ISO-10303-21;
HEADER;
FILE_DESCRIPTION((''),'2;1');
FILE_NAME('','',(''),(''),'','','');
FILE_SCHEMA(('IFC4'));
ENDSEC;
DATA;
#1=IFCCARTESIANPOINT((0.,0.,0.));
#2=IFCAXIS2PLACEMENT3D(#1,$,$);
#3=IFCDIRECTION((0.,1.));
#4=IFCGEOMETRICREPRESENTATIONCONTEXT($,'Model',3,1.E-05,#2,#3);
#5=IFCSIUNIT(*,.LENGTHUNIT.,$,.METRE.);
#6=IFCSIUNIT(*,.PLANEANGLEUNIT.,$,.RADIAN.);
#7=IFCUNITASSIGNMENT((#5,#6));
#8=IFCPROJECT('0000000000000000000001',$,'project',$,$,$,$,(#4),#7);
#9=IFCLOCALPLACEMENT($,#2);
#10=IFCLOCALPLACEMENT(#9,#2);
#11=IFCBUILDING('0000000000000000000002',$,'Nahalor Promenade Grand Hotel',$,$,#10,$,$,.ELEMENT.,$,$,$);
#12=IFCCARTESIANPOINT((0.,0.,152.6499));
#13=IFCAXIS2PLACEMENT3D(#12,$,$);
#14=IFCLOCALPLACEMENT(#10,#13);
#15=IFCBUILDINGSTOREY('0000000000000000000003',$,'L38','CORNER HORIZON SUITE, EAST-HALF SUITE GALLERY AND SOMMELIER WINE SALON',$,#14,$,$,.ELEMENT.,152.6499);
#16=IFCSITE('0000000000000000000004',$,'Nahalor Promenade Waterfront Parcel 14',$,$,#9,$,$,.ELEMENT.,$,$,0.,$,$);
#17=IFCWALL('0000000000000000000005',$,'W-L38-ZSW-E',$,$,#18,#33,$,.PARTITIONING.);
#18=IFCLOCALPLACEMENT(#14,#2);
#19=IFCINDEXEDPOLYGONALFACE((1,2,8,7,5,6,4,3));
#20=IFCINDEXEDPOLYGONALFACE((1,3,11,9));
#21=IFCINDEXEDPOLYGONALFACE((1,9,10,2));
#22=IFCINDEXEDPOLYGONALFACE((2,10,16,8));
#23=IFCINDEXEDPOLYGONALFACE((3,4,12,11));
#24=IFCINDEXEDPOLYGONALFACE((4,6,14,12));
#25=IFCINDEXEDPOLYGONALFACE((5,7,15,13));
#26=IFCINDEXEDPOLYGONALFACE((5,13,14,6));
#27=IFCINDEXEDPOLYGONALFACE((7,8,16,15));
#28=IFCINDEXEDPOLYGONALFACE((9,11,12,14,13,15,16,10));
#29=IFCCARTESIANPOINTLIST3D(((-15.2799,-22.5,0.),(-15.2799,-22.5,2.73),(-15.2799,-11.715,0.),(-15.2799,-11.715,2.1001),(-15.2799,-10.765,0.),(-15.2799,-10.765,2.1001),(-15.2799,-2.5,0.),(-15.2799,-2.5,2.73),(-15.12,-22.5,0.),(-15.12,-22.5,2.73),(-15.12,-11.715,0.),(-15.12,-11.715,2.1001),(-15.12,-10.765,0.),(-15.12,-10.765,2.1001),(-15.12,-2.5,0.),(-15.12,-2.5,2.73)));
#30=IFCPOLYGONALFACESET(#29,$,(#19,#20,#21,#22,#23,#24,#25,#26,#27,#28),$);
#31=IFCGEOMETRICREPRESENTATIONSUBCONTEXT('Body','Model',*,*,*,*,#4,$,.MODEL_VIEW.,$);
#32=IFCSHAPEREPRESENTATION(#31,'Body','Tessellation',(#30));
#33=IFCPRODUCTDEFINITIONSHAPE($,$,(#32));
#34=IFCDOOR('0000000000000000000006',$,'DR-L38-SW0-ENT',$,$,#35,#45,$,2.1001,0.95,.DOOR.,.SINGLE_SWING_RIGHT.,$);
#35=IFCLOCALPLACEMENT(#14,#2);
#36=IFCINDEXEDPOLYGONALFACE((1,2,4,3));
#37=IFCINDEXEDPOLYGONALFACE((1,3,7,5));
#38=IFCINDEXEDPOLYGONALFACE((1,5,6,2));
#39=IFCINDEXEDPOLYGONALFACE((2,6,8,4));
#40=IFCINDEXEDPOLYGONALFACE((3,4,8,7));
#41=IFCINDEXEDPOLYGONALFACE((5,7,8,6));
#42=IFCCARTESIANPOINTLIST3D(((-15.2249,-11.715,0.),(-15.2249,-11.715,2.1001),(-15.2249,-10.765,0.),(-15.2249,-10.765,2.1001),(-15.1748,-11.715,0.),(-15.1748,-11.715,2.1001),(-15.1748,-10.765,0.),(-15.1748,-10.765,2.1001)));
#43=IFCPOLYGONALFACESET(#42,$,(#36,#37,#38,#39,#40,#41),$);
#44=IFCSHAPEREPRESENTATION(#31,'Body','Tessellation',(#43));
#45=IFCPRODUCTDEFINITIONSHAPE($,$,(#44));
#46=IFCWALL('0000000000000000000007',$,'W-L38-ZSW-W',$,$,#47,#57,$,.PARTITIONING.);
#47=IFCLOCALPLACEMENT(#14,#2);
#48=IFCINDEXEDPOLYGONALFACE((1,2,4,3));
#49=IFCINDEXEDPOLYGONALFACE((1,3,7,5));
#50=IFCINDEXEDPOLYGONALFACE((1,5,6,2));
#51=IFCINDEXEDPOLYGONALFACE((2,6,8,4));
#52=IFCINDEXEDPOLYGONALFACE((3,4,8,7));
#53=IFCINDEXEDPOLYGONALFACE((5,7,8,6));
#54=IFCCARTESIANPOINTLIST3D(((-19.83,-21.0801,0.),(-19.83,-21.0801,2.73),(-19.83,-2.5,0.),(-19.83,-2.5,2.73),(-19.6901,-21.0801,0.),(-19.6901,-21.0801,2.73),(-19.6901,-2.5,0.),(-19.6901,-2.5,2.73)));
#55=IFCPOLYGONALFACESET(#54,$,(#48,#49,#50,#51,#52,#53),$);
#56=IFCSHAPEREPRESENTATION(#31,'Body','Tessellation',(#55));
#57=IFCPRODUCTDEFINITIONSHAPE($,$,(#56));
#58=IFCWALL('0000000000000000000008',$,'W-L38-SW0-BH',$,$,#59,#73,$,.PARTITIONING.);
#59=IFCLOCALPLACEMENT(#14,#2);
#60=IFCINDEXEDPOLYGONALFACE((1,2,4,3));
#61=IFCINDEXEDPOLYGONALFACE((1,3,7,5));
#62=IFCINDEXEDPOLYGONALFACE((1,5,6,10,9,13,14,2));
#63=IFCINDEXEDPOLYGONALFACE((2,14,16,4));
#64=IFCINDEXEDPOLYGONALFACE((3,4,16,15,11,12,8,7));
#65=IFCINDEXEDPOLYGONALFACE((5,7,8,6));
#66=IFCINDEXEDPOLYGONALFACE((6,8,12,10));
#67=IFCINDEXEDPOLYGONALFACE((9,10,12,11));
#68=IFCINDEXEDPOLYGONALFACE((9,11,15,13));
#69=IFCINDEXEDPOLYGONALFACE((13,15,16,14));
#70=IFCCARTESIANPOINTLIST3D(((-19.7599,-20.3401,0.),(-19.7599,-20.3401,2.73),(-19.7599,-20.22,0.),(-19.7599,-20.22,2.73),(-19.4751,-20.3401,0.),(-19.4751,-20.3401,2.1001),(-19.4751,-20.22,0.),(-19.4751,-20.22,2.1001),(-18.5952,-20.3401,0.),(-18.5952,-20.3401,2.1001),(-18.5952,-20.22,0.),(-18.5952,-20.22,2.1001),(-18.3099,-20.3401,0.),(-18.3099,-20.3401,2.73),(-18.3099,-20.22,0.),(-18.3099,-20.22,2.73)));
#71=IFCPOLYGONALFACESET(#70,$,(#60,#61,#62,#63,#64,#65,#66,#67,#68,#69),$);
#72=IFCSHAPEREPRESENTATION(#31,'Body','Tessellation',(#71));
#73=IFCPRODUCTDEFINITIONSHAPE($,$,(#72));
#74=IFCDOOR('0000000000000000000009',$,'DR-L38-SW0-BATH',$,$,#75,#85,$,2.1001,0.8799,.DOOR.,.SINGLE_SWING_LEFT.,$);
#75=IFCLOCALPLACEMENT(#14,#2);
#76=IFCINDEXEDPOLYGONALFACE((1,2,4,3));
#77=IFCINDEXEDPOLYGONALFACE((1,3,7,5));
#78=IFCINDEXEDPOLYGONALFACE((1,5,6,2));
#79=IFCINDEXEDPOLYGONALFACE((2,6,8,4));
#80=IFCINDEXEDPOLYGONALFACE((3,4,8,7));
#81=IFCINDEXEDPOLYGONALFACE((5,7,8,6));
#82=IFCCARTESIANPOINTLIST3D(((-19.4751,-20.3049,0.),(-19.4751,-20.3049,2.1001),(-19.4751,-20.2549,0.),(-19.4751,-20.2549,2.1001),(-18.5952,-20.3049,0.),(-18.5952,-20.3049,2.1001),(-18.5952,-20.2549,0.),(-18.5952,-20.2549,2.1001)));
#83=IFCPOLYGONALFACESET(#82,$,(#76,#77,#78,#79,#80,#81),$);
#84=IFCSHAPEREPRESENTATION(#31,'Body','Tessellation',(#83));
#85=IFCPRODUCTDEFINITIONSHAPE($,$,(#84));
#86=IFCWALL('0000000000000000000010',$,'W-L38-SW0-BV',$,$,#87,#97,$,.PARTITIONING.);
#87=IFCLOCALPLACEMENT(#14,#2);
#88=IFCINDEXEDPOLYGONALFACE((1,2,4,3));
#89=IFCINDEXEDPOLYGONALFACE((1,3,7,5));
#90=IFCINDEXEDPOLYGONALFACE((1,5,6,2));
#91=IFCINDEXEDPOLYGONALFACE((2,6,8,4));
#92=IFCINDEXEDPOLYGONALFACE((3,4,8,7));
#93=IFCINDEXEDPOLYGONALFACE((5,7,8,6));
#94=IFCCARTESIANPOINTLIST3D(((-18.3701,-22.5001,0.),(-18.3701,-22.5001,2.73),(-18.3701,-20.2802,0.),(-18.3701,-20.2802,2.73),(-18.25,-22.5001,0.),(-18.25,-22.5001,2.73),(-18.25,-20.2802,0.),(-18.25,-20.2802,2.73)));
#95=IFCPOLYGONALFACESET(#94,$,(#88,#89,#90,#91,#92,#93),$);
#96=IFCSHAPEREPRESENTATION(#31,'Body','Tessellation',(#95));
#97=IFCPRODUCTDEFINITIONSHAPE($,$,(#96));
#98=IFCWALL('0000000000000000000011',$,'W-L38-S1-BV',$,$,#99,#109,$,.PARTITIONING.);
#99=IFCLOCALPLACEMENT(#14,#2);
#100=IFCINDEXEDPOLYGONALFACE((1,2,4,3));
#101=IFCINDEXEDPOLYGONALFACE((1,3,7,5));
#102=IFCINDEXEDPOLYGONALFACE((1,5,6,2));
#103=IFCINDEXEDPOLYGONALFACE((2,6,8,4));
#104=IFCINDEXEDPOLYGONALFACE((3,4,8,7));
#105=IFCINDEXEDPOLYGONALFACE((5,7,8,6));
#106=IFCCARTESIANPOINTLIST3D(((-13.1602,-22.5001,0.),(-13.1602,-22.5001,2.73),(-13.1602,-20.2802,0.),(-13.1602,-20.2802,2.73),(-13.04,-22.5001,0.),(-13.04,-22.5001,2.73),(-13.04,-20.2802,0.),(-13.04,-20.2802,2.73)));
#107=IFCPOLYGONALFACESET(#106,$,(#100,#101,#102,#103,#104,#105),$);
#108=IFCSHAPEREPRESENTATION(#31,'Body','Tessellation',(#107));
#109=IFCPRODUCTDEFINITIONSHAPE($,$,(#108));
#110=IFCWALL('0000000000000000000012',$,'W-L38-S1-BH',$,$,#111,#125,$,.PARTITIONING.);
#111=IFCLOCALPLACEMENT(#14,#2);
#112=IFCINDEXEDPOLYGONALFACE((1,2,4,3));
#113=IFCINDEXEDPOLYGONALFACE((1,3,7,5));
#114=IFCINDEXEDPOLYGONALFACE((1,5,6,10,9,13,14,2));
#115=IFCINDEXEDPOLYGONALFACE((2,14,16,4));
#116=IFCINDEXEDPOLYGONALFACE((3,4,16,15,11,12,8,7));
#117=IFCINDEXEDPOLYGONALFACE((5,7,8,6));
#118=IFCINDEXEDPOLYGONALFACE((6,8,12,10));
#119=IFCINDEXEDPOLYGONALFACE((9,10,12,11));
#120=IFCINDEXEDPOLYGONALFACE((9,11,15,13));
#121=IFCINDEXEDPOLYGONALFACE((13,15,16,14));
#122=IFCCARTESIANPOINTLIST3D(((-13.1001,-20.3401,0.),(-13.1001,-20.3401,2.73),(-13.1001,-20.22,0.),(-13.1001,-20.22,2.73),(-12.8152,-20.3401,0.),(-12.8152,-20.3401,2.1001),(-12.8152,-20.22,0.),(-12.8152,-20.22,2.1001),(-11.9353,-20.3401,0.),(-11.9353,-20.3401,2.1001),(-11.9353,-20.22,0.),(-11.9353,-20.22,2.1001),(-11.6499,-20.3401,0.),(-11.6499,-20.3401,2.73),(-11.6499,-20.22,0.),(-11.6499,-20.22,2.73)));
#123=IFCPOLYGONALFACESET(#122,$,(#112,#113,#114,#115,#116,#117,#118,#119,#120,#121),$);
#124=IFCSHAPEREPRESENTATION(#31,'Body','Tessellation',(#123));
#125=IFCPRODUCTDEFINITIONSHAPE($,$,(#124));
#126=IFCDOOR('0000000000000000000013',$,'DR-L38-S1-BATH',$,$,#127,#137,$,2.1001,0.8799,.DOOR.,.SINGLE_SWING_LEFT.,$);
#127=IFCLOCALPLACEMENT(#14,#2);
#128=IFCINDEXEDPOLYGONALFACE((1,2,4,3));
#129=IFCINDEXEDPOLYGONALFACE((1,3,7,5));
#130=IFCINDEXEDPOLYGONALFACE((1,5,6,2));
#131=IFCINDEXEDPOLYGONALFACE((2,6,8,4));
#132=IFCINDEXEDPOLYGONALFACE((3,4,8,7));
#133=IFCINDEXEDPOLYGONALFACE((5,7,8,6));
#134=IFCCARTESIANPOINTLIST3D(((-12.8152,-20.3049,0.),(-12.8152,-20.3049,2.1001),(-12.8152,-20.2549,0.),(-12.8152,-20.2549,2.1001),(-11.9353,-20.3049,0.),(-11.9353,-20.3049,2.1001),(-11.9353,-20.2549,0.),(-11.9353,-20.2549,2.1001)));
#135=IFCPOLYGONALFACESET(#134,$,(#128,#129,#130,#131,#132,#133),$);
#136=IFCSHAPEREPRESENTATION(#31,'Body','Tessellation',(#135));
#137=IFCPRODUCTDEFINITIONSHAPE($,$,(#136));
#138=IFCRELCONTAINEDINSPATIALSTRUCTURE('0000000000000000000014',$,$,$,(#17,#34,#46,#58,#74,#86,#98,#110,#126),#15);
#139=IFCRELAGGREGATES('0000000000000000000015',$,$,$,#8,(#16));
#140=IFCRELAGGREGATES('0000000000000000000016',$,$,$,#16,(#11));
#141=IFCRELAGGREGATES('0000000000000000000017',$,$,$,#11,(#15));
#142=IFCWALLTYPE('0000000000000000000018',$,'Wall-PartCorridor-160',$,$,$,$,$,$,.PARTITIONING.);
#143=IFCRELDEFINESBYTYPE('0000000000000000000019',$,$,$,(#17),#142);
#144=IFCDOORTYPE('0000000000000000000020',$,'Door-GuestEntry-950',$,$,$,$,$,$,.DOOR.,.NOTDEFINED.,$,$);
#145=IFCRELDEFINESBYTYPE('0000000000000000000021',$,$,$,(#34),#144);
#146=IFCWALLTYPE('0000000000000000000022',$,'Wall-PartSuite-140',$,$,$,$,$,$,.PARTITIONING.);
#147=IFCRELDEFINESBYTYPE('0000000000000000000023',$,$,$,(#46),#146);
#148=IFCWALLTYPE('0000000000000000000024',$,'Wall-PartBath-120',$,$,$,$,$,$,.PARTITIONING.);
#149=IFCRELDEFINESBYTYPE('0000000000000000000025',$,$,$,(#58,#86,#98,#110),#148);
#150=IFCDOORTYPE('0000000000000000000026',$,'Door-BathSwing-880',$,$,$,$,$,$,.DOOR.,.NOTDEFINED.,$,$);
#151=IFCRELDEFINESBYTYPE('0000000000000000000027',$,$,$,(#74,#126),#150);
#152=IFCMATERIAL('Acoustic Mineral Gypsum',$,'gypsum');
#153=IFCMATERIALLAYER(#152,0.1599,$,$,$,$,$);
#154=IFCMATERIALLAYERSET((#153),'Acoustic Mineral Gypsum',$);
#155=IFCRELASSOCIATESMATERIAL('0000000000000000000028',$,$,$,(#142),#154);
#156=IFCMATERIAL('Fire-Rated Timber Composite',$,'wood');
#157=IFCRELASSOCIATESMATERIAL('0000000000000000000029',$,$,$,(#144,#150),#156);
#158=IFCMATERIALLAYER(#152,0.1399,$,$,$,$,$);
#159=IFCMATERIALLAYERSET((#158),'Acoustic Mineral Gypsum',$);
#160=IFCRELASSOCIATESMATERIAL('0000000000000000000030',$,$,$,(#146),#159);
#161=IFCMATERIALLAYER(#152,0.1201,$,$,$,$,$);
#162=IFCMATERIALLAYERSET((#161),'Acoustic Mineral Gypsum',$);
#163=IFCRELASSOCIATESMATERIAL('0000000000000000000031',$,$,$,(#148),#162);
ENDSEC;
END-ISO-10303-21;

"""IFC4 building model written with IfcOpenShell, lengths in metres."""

from ifc_helpers import new_model, si_unit, direction, frame, frame_2d, origin, place, context, subcontext, project, spatial, rectangle, extrude, source, transform, mapped, material, layer, layer_set, type_object, element, fill, save


model = new_model("IFC4")

# Units and contexts
model_context = context("Model", 3, precision=1e-05, world=origin(), true_north=direction((0.0, 1.0)))
body_context = subcontext(model_context, "Body", "Model", "MODEL_VIEW")
ifc_project = project(units=[si_unit("LENGTHUNIT", "METRE"), si_unit("PLANEANGLEUNIT", "RADIAN")], contexts=[model_context])

# Site, building, storey
site_placement = place(None, origin())
site = spatial("IfcSite", under=ifc_project, at=site_placement, Name="Nahalor Promenade Waterfront Parcel 14", CompositionType="ELEMENT", RefElevation=0.0)
building_placement = place(site_placement, origin())
building = spatial("IfcBuilding", under=site, at=building_placement, Name="Nahalor Promenade Grand Hotel", CompositionType="ELEMENT")
storey_placement = place(building_placement, frame((0.0, 0.0, 152.6499)))
storey = spatial("IfcBuildingStorey", under=building, at=storey_placement, Name="L38", Description="CORNER HORIZON SUITE, EAST-HALF SUITE GALLERY AND SOMMELIER WINE SALON", CompositionType="ELEMENT", Elevation=152.6499)

# Wall, opening, door
ifc_material_1 = material(Name="Acoustic Mineral Gypsum", Category="gypsum")
ifc_layer_1 = layer(ifc_material_1, 0.1599)
ifc_layer_set_1 = layer_set([ifc_layer_1], Name="Acoustic Mineral Gypsum")
wall_type_1 = type_object("IfcWallType", Name="Wall-PartCorridor-160", PredefinedType="PARTITIONING", material=ifc_layer_set_1)
shared_shape_1 = source(origin(), body_context, "Body", "SweptSolid", [
    extrude(rectangle(XDim=20.0, YDim=0.1599, at=frame_2d((10.0, 0.0))), origin(), (0.0, 0.0, 1.0), 2.73),
])
wall_1_placement = place(storey_placement, frame((-15.2, -22.5, 0.0), z_axis=(0.0, 0.0, 1.0), x_axis=(0.0, 1.0, 0.0)))
wall_1 = element("IfcWall", 1, at=wall_1_placement, inside=storey, type_object=wall_type_1, Name="W-L38-ZSW-E", PredefinedType="PARTITIONING", context=body_context, shape_type="MappedRepresentation", body=[
    mapped(shared_shape_1, transform((0.0, 0.0, 0.0), scale=1.0)),
])
opening_1_placement = place(wall_1_placement, frame((10.7849, 0.0, 0.0)))
opening_1 = element("IfcOpeningElement", 2, at=opening_1_placement, cuts=wall_1, PredefinedType="OPENING", context=body_context, shape_type="SweptSolid", body=[
    extrude(rectangle(XDim=0.95, YDim=2.1001, at=frame_2d((0.4751, 1.05))), frame((0.0, 0.0898, 0.0), z_axis=(0.0, -1.0, 0.0), x_axis=(1.0, 0.0, 0.0)), (0.0, 0.0, 1.0), 0.1799),
])
ifc_material_2 = material(Name="Fire-Rated Timber Composite", Category="wood")
door_type_1 = type_object("IfcDoorType", Name="Door-GuestEntry-950", OperationType="NOTDEFINED", PredefinedType="DOOR", material=ifc_material_2)
shared_shape_2 = source(origin(), body_context, "Body", "SweptSolid", [
    extrude(rectangle(XDim=0.95, YDim=2.1001, at=frame_2d((0.4751, 1.05))), frame((0.0, 0.0249, 0.0), z_axis=(0.0, -1.0, 0.0), x_axis=(1.0, 0.0, 0.0)), (0.0, 0.0, 1.0), 0.05),
])
door_1_placement = place(opening_1_placement, origin())
door_1 = element("IfcDoor", 3, at=door_1_placement, inside=storey, type_object=door_type_1, Name="DR-L38-SW0-ENT", OperationType="SINGLE_SWING_RIGHT", OverallHeight=2.1001, OverallWidth=0.95, PredefinedType="DOOR", context=body_context, shape_type="MappedRepresentation", body=[
    mapped(shared_shape_2, transform((0.0, 0.0, 0.0), scale=1.0)),
])
fill(opening_1, door_1)

# Wall
ifc_layer_2 = layer(ifc_material_1, 0.1399)
ifc_layer_set_2 = layer_set([ifc_layer_2], Name="Acoustic Mineral Gypsum")
wall_type_2 = type_object("IfcWallType", Name="Wall-PartSuite-140", PredefinedType="PARTITIONING", material=ifc_layer_set_2)
shared_shape_3 = source(origin(), body_context, "Body", "SweptSolid", [
    extrude(rectangle(XDim=18.5801, YDim=0.1399, at=frame_2d((9.29, 0.0))), origin(), (0.0, 0.0, 1.0), 2.73),
])
wall_2_placement = place(storey_placement, frame((-19.76, -21.0801, 0.0), z_axis=(0.0, 0.0, 1.0), x_axis=(0.0, 1.0, 0.0)))
element("IfcWall", 4, at=wall_2_placement, inside=storey, type_object=wall_type_2, Name="W-L38-ZSW-W", PredefinedType="PARTITIONING", context=body_context, shape_type="MappedRepresentation", body=[
    mapped(shared_shape_3, transform((0.0, 0.0, 0.0), scale=1.0)),
])

# Wall, opening, door
ifc_layer_3 = layer(ifc_material_1, 0.1201)
ifc_layer_set_3 = layer_set([ifc_layer_3], Name="Acoustic Mineral Gypsum")
wall_type_3 = type_object("IfcWallType", Name="Wall-PartBath-120", PredefinedType="PARTITIONING", material=ifc_layer_set_3)
shared_shape_4 = source(origin(), body_context, "Body", "SweptSolid", [
    extrude(rectangle(XDim=1.45, YDim=0.1201, at=frame_2d((0.7251, 0.0))), origin(), (0.0, 0.0, 1.0), 2.73),
])
wall_3_placement = place(storey_placement, frame((-19.76, -20.28, 0.0), z_axis=(0.0, 0.0, 1.0), x_axis=(1.0, 0.0, 0.0)))
wall_3 = element("IfcWall", 5, at=wall_3_placement, inside=storey, type_object=wall_type_3, Name="W-L38-SW0-BH", PredefinedType="PARTITIONING", context=body_context, shape_type="MappedRepresentation", body=[
    mapped(shared_shape_4, transform((0.0, 0.0, 0.0), scale=1.0)),
])
opening_2_placement = place(wall_3_placement, frame((0.2849, 0.0, 0.0)))
opening_2 = element("IfcOpeningElement", 6, at=opening_2_placement, cuts=wall_3, PredefinedType="OPENING", context=body_context, shape_type="SweptSolid", body=[
    extrude(rectangle(XDim=0.8799, YDim=2.1001, at=frame_2d((0.4399, 1.05))), frame((0.0, 0.0701, 0.0), z_axis=(0.0, -1.0, 0.0), x_axis=(1.0, 0.0, 0.0)), (0.0, 0.0, 1.0), 0.1401),
])
door_type_2 = type_object("IfcDoorType", Name="Door-BathSwing-880", OperationType="NOTDEFINED", PredefinedType="DOOR", material=ifc_material_2)
shared_shape_5 = source(origin(), body_context, "Body", "SweptSolid", [
    extrude(rectangle(XDim=0.8799, YDim=2.1001, at=frame_2d((0.4399, 1.05))), frame((0.0, 0.0249, 0.0), z_axis=(0.0, -1.0, 0.0), x_axis=(1.0, 0.0, 0.0)), (0.0, 0.0, 1.0), 0.05),
])
door_2_placement = place(opening_2_placement, frame((0.8799, 0.0, 0.0), z_axis=(0.0, 0.0, 1.0), x_axis=(-1.0, 0.0, 0.0)))
door_2 = element("IfcDoor", 7, at=door_2_placement, inside=storey, type_object=door_type_2, Name="DR-L38-SW0-BATH", OperationType="SINGLE_SWING_LEFT", OverallHeight=2.1001, OverallWidth=0.8799, PredefinedType="DOOR", context=body_context, shape_type="MappedRepresentation", body=[
    mapped(shared_shape_5, transform((0.0, 0.0, 0.0), scale=1.0)),
])
fill(opening_2, door_2)

# Walls
shared_shape_6 = source(origin(), body_context, "Body", "SweptSolid", [
    extrude(rectangle(XDim=2.22, YDim=0.1201, at=frame_2d((1.1099, 0.0))), origin(), (0.0, 0.0, 1.0), 2.73),
])
for number, where, z_axis, x_axis, name in (
    (8, (-18.3101, -22.5, 0.0), (0.0, 0.0, 1.0), (0.0, 1.0, 0.0), "W-L38-SW0-BV"),
    (9, (-13.1001, -22.5, 0.0), (0.0, 0.0, 1.0), (0.0, 1.0, 0.0), "W-L38-S1-BV"),
):
    element("IfcWall", number, at=place(storey_placement, frame(where, z_axis=z_axis, x_axis=x_axis)), inside=storey, type_object=wall_type_3, Name=name, PredefinedType="PARTITIONING", context=body_context, shape_type="MappedRepresentation", body=[
        mapped(shared_shape_6, transform((0.0, 0.0, 0.0), scale=1.0)),
    ])

# Wall, opening, door
shared_shape_7 = source(origin(), body_context, "Body", "SweptSolid", [
    extrude(rectangle(XDim=1.4502, YDim=0.1201, at=frame_2d((0.7251, 0.0))), origin(), (0.0, 0.0, 1.0), 2.73),
])
wall_4_placement = place(storey_placement, frame((-13.1001, -20.28, 0.0), z_axis=(0.0, 0.0, 1.0), x_axis=(1.0, 0.0, 0.0)))
wall_4 = element("IfcWall", 10, at=wall_4_placement, inside=storey, type_object=wall_type_3, Name="W-L38-S1-BH", PredefinedType="PARTITIONING", context=body_context, shape_type="MappedRepresentation", body=[
    mapped(shared_shape_7, transform((0.0, 0.0, 0.0), scale=1.0)),
])
opening_3_placement = place(wall_4_placement, frame((0.2849, 0.0, 0.0)))
opening_3 = element("IfcOpeningElement", 11, at=opening_3_placement, cuts=wall_4, PredefinedType="OPENING", context=body_context, shape_type="SweptSolid", body=[
    extrude(rectangle(XDim=0.8799, YDim=2.1001, at=frame_2d((0.4399, 1.05))), frame((0.0, 0.0701, 0.0), z_axis=(0.0, -1.0, 0.0), x_axis=(1.0, 0.0, 0.0)), (0.0, 0.0, 1.0), 0.1401),
])
door_3_placement = place(opening_3_placement, frame((0.8799, 0.0, 0.0), z_axis=(0.0, 0.0, 1.0), x_axis=(-1.0, 0.0, 0.0)))
door_3 = element("IfcDoor", 12, at=door_3_placement, inside=storey, type_object=door_type_2, Name="DR-L38-S1-BATH", OperationType="SINGLE_SWING_LEFT", OverallHeight=2.1001, OverallWidth=0.8799, PredefinedType="DOOR", context=body_context, shape_type="MappedRepresentation", body=[
    mapped(shared_shape_5, transform((0.0, 0.0, 0.0), scale=1.0)),
])
fill(opening_3, door_3)

save(model, "model.ifc")
